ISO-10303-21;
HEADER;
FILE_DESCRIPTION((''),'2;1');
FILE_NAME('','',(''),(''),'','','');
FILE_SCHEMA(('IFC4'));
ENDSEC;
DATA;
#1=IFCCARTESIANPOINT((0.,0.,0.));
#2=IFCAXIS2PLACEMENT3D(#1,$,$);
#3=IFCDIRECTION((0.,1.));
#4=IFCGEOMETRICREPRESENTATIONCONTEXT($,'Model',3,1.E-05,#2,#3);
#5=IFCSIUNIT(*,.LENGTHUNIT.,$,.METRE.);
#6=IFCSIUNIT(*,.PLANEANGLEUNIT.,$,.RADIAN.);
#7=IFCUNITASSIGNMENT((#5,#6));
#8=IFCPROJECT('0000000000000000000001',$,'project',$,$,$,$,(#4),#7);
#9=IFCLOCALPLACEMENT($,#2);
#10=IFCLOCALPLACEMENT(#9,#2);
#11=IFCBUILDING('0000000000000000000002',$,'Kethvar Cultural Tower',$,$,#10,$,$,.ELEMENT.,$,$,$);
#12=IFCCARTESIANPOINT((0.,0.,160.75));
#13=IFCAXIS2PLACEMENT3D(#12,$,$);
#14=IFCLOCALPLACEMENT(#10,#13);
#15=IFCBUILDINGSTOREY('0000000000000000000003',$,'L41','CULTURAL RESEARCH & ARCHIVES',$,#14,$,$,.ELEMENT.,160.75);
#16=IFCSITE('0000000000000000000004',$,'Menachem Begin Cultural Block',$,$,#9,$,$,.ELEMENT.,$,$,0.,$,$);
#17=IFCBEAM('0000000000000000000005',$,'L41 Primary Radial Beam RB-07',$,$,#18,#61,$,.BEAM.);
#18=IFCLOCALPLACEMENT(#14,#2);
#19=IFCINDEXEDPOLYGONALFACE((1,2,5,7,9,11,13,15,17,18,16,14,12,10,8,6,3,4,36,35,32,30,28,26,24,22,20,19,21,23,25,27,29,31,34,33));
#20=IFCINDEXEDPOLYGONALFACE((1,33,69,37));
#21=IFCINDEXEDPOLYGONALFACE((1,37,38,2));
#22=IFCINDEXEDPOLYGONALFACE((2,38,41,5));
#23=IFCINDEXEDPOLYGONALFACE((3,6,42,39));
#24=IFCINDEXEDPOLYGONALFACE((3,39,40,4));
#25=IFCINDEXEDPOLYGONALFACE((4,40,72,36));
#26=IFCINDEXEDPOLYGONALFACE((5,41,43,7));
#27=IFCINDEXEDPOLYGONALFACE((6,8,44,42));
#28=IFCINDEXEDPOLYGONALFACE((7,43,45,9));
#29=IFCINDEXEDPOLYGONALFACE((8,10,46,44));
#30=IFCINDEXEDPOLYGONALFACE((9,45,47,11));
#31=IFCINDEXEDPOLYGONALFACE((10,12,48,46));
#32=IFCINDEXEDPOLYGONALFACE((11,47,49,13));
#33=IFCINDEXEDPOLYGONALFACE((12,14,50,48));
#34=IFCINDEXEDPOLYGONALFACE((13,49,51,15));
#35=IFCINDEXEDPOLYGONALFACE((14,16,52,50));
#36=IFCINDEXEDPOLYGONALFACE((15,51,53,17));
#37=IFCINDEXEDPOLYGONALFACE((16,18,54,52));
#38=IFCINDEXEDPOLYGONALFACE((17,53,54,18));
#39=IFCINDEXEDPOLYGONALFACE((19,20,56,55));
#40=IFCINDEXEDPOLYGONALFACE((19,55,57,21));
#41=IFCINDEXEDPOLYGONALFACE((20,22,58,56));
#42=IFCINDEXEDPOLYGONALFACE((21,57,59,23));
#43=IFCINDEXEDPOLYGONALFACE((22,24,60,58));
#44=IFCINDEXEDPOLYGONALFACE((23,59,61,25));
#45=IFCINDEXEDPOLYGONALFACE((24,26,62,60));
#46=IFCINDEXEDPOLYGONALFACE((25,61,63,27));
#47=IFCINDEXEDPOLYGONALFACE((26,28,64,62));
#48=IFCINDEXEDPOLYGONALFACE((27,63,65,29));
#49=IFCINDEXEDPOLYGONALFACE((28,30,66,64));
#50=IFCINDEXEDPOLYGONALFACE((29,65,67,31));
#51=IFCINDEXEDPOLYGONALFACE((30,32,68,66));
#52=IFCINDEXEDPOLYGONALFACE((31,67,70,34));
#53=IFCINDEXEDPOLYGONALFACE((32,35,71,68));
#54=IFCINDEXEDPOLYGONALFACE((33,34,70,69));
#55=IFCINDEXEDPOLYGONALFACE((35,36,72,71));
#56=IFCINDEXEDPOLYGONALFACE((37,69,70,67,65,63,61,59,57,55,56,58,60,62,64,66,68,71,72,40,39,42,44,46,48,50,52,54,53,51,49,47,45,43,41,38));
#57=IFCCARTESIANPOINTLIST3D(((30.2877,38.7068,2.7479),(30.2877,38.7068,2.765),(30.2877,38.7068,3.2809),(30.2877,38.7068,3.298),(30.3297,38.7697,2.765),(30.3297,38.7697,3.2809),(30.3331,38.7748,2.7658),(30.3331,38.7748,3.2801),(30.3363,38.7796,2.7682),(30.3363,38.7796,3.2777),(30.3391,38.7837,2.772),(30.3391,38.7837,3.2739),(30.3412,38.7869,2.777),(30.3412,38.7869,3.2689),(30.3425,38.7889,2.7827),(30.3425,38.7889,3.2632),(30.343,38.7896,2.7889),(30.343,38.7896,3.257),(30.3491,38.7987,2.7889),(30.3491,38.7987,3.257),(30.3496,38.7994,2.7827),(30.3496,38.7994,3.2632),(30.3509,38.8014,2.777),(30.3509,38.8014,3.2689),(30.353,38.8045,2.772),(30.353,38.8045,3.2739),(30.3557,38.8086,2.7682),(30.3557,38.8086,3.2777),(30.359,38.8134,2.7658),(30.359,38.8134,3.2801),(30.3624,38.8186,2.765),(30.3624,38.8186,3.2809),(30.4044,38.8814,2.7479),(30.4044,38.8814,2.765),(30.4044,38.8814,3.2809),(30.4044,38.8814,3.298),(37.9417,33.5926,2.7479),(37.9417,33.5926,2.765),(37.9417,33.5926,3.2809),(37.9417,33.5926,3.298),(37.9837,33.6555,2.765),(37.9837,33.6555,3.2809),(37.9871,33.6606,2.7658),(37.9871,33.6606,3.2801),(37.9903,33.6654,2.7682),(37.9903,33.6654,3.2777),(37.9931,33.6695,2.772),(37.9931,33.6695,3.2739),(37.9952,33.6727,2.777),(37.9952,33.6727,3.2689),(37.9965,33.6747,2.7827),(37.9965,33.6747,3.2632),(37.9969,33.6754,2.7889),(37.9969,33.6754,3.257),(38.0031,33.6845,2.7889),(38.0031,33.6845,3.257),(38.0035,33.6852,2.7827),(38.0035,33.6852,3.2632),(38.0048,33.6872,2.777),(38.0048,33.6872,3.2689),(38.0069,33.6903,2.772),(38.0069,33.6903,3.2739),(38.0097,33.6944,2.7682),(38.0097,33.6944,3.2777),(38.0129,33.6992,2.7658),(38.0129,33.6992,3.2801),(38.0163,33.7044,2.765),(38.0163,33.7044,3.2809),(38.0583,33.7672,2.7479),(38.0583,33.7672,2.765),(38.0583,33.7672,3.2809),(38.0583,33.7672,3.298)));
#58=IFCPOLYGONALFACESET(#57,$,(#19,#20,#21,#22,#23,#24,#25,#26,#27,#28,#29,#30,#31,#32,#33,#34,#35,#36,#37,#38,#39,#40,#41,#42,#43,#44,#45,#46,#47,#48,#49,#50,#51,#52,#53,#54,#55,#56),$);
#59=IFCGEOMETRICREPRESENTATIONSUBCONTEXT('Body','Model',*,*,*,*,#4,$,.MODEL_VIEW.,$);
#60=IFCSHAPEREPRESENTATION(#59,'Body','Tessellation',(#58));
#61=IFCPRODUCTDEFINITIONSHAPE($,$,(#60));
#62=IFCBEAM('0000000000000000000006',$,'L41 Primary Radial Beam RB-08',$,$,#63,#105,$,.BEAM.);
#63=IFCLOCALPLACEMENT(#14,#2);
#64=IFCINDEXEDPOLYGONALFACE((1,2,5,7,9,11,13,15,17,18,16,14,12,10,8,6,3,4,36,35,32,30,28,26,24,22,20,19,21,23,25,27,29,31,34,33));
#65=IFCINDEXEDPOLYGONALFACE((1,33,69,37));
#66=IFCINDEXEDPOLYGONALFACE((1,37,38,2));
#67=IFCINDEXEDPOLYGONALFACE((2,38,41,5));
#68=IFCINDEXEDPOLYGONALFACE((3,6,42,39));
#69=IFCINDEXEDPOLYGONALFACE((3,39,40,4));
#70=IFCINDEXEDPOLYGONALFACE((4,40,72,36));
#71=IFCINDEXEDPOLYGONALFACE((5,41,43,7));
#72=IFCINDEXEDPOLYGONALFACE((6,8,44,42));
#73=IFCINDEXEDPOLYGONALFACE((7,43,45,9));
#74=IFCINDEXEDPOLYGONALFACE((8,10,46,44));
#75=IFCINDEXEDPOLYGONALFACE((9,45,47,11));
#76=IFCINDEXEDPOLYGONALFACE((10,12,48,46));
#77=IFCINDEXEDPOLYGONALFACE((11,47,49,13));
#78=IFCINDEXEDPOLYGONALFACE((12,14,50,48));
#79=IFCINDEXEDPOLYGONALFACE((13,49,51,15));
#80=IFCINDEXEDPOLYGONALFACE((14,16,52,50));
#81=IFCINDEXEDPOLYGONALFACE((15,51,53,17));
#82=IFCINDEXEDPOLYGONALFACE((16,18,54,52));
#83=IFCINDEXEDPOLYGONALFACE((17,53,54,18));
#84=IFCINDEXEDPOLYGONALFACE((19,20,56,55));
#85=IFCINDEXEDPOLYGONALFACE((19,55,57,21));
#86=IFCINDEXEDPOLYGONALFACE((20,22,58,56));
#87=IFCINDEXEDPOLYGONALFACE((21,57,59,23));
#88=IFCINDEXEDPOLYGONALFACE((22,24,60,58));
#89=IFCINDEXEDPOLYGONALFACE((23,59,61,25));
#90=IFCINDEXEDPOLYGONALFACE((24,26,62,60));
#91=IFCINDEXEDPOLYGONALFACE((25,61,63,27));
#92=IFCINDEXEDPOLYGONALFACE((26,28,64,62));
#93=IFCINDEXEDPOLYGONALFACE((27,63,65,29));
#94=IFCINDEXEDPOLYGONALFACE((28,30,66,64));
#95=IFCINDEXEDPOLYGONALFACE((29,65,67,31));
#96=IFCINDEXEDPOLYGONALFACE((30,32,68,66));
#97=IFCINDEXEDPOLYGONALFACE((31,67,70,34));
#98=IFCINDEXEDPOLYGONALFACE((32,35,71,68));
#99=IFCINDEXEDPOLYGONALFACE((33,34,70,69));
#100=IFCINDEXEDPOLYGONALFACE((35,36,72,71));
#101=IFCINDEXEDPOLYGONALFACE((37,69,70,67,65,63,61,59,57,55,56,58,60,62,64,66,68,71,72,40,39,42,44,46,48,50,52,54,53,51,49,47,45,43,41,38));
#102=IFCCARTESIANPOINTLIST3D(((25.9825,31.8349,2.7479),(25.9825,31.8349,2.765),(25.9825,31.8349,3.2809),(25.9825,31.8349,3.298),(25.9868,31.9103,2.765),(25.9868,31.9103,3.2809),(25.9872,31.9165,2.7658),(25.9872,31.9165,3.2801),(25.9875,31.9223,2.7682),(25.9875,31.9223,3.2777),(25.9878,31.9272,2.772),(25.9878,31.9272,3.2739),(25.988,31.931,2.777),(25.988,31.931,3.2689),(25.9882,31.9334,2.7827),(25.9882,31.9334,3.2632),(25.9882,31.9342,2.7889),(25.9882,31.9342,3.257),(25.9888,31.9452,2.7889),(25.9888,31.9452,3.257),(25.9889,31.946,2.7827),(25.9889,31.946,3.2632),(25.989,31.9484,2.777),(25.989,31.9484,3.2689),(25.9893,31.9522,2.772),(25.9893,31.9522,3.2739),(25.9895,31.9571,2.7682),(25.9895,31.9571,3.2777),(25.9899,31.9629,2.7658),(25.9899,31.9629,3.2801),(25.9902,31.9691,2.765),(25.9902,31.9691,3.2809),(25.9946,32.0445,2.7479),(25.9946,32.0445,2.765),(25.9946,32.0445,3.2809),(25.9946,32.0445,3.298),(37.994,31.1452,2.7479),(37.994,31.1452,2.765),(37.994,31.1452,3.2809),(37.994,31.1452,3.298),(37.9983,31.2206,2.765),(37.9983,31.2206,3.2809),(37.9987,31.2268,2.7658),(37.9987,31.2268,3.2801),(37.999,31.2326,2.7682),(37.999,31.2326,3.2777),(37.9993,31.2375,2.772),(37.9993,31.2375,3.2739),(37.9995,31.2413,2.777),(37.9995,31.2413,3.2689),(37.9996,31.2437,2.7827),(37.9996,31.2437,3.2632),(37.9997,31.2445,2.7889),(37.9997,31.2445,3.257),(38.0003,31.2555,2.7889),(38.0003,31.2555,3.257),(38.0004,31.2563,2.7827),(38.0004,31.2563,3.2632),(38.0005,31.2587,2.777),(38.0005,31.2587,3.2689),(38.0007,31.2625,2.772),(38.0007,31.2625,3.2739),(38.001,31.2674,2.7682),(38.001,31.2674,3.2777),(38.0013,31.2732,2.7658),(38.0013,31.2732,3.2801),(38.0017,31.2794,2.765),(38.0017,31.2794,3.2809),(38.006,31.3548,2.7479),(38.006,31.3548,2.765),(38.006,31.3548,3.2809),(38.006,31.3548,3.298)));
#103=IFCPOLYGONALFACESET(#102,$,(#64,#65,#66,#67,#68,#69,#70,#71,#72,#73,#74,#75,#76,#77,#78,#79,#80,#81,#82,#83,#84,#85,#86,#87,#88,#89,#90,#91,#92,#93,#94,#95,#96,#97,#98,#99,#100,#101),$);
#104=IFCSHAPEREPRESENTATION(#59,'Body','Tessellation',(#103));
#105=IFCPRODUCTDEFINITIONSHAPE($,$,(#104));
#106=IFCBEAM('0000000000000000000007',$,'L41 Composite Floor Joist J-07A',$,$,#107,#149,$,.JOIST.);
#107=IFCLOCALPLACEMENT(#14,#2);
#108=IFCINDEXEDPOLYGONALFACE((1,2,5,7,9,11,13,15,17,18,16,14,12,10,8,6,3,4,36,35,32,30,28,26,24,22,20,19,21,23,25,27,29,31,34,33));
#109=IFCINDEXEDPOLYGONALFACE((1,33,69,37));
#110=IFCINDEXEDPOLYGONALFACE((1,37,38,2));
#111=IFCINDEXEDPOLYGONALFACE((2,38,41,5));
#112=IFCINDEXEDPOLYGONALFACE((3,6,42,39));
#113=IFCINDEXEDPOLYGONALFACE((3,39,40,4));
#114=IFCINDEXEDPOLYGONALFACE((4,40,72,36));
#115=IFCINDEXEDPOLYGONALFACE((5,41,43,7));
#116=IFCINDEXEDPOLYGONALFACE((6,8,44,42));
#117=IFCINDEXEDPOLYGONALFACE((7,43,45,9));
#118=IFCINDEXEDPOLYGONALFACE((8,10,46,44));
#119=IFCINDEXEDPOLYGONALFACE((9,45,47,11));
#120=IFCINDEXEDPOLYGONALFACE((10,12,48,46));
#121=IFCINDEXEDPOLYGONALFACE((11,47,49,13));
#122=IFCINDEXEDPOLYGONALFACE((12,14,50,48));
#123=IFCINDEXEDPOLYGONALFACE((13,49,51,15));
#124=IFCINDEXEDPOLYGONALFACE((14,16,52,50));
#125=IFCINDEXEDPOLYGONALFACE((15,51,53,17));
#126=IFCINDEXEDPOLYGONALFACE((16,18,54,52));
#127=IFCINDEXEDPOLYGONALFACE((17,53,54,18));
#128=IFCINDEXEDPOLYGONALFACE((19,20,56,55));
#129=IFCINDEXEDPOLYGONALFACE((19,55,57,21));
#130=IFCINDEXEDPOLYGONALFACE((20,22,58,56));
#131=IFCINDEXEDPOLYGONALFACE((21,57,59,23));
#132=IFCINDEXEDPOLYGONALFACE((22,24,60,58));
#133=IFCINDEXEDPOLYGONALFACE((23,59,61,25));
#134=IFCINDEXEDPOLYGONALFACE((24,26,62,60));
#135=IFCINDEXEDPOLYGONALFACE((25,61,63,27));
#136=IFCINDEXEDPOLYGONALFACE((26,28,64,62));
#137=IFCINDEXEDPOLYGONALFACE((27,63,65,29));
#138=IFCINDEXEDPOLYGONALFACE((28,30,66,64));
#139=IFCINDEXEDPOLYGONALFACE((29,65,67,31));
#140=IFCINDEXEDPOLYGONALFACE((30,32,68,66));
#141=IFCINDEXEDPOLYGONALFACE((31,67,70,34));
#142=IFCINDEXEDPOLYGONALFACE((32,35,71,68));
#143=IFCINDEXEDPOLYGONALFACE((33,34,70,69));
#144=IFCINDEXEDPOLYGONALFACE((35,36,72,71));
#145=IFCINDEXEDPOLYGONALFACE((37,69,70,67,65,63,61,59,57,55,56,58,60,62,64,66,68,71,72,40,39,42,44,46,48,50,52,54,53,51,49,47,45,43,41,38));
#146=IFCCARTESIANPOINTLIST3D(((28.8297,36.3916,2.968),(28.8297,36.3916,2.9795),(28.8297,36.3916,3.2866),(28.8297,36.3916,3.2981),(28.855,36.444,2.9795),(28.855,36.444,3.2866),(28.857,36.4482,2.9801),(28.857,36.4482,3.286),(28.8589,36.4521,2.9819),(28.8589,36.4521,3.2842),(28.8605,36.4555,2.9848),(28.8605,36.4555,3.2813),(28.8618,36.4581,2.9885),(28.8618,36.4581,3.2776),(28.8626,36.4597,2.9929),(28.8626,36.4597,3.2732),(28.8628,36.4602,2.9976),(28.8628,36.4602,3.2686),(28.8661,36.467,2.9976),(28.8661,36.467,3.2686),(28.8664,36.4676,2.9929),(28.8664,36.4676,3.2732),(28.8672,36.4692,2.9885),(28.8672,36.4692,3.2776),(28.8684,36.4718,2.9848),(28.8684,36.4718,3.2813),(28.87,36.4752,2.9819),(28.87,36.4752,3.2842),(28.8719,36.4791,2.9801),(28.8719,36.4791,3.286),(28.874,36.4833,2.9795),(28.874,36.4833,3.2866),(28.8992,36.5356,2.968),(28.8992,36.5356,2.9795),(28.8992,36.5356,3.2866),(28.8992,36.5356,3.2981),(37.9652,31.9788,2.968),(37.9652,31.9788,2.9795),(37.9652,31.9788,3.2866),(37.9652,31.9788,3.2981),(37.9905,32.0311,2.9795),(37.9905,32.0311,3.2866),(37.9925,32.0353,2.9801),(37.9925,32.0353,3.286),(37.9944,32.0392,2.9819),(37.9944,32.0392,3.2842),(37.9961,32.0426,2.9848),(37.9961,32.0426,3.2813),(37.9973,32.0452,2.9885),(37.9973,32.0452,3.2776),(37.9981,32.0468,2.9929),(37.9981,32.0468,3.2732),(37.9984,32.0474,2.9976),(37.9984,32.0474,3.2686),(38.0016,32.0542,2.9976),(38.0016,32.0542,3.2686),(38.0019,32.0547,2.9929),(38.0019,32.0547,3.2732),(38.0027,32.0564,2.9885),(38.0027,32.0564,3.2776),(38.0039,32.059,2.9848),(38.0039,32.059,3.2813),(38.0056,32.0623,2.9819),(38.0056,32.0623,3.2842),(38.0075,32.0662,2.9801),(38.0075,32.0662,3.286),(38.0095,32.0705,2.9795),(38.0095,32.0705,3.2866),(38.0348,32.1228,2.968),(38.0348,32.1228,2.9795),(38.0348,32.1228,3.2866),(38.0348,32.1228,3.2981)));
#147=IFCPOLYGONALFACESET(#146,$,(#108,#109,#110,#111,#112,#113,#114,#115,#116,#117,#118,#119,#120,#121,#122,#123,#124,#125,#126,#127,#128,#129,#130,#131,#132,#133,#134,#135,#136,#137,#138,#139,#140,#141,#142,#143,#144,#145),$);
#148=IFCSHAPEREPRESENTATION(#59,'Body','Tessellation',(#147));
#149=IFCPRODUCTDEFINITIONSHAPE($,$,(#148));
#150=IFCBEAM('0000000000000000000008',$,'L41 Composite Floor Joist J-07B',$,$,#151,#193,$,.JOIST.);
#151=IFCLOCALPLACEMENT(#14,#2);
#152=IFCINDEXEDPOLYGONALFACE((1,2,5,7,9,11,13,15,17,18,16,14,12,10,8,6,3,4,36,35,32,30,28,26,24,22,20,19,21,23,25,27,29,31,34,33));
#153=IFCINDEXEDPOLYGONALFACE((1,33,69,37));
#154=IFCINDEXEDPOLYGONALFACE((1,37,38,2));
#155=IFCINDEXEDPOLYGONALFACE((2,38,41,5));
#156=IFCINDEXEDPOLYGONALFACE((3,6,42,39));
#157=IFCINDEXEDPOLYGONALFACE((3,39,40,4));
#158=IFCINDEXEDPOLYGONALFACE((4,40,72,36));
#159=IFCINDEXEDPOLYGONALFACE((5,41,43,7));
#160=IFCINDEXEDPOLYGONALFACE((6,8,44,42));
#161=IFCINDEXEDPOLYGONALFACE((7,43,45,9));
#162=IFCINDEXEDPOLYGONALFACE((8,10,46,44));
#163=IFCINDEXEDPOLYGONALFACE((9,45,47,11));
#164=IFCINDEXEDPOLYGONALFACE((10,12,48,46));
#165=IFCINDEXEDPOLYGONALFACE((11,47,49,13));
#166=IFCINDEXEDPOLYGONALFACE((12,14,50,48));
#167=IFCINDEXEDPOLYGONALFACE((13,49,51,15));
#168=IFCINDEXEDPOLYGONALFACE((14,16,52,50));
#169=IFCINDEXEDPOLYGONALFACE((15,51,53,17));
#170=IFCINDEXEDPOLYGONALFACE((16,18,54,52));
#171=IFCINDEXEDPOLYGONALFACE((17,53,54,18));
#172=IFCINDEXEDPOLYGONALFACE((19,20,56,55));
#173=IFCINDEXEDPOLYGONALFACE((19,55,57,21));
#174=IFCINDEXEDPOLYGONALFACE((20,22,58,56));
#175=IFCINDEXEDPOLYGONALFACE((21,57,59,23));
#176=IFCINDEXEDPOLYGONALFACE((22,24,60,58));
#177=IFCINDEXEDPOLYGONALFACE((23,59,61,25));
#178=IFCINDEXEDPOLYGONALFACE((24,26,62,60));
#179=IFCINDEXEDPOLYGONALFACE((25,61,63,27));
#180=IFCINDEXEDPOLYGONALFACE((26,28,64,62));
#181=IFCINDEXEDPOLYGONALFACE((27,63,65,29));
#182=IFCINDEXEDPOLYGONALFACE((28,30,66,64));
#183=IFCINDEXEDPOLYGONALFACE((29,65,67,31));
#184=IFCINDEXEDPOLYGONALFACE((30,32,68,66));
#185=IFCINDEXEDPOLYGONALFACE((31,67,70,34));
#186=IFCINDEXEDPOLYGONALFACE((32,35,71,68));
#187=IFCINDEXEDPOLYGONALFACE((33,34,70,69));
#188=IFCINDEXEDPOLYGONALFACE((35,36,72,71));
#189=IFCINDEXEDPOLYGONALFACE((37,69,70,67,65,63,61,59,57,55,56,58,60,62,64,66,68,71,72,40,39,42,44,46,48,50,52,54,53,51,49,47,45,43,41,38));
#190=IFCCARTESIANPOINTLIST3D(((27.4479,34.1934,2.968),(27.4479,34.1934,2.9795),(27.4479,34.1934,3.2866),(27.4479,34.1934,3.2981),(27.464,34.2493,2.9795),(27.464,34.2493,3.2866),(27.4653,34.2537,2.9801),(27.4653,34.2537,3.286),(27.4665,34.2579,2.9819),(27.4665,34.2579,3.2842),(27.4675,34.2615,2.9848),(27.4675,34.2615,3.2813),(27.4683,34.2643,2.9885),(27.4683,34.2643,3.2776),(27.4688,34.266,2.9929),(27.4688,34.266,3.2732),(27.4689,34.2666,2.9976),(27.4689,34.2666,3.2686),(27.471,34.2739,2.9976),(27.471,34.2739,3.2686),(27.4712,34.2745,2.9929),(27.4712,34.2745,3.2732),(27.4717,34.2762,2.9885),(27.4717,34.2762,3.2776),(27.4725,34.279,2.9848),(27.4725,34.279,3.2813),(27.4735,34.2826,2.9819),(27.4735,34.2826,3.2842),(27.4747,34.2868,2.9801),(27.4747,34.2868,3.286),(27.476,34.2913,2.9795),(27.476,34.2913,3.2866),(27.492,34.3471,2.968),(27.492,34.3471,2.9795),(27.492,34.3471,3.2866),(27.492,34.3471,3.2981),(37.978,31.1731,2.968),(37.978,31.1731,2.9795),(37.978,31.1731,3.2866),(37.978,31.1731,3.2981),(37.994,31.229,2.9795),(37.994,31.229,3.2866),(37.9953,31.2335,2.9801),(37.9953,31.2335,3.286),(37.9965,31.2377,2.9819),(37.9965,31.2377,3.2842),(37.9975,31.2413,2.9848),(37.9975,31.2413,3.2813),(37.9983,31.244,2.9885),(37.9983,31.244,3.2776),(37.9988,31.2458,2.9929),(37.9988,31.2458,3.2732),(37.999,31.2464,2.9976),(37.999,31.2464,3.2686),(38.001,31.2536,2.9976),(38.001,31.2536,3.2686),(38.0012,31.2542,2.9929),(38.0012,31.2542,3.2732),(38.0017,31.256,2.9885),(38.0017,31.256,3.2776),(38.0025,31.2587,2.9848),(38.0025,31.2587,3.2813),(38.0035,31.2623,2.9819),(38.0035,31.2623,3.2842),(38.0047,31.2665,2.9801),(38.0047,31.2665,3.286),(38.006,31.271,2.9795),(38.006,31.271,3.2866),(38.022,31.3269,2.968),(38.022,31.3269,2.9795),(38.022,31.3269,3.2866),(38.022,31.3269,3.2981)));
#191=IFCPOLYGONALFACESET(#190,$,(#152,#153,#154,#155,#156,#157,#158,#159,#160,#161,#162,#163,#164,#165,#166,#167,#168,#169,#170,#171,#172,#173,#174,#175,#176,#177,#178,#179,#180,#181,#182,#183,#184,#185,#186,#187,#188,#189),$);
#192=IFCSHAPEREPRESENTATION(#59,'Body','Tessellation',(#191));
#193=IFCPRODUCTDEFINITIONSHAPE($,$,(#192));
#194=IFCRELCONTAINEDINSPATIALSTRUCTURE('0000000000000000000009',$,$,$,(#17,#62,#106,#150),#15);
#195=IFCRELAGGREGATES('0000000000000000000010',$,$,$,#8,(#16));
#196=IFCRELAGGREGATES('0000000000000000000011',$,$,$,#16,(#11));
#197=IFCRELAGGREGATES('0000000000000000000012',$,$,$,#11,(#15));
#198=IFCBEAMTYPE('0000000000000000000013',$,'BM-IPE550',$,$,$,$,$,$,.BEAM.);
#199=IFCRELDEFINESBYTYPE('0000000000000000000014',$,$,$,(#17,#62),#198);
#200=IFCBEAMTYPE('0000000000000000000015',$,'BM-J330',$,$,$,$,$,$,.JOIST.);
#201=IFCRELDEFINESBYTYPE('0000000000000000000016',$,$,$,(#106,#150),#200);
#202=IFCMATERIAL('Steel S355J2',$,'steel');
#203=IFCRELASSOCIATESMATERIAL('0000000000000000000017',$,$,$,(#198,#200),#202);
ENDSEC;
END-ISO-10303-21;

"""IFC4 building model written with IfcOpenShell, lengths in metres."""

from ifc_helpers import new_model, si_unit, direction, frame, origin, origin_2d, place, context, subcontext, project, spatial, i_section, extrude, source, transform, mapped, material, material_profile, profile_set, type_object, element, save


model = new_model("IFC4")

# Units and contexts
model_context = context("Model", 3, precision=1e-05, world=origin(), true_north=direction((0.0, 1.0)))
body_context = subcontext(model_context, "Body", "Model", "MODEL_VIEW")
ifc_project = project(units=[si_unit("LENGTHUNIT", "METRE"), si_unit("PLANEANGLEUNIT", "RADIAN")], contexts=[model_context])

# Site, building, storey
site_placement = place(None, origin())
site = spatial("IfcSite", under=ifc_project, at=site_placement, Name="Menachem Begin Cultural Block", CompositionType="ELEMENT", RefElevation=0.0)
building_placement = place(site_placement, origin())
building = spatial("IfcBuilding", under=site, at=building_placement, Name="Kethvar Cultural Tower", CompositionType="ELEMENT")
storey_placement = place(building_placement, frame((0.0, 0.0, 160.75)))
storey = spatial("IfcBuildingStorey", under=building, at=storey_placement, Name="L41", Description="CULTURAL RESEARCH & ARCHIVES", CompositionType="ELEMENT", Elevation=160.75)

# Beams
ifc_material_1 = material(Name="Steel S355J2", Category="steel")
ifc_material_profile_1 = material_profile(ifc_material_1, i_section(OverallWidth=0.21, OverallDepth=0.55, WebThickness=0.011, FlangeThickness=0.0171, FilletRadius=0.0239, at=origin_2d()), Name="Steel S355J2 — IPE550")
ifc_profile_set_1 = profile_set([ifc_material_profile_1], Name="Steel S355J2 — IPE550")
beam_type_1 = type_object("IfcBeamType", Name="BM-IPE550", PredefinedType="BEAM", material=ifc_profile_set_1)
shared_shape_1 = source(origin(), body_context, "Body", "SweptSolid", [
    extrude(i_section(OverallWidth=0.21, OverallDepth=0.55, WebThickness=0.011, FlangeThickness=0.0171, FilletRadius=0.0239, at=origin_2d()), origin(), (0.0, 0.0, 1.0), 9.2053),
])
beam_1_placement = place(storey_placement, frame((38.0, 33.6799, 3.0229), z_axis=(-0.83147, 0.555569, 0.0), x_axis=(-0.555569, -0.83147, 0.0)))
element("IfcBeam", 1, at=beam_1_placement, inside=storey, type_object=beam_type_1, Name="L41 Primary Radial Beam RB-07", PredefinedType="BEAM", context=body_context, shape_type="MappedRepresentation", body=[
    mapped(shared_shape_1, transform((0.0, 0.0, 0.0), scale=1.0)),
])
shared_shape_2 = source(origin(), body_context, "Body", "SweptSolid", [
    extrude(i_section(OverallWidth=0.21, OverallDepth=0.55, WebThickness=0.011, FlangeThickness=0.0171, FilletRadius=0.0239, at=origin_2d()), origin(), (0.0, 0.0, 1.0), 12.0312),
])
beam_2_placement = place(storey_placement, frame((38.0, 31.25, 3.0229), z_axis=(-0.998356, 0.057325, 0.0), x_axis=(-0.057325, -0.998356, 0.0)))
element("IfcBeam", 2, at=beam_2_placement, inside=storey, type_object=beam_type_1, Name="L41 Primary Radial Beam RB-08", PredefinedType="BEAM", context=body_context, shape_type="MappedRepresentation", body=[
    mapped(shared_shape_2, transform((0.0, 0.0, 0.0), scale=1.0)),
])
ifc_material_profile_2 = material_profile(ifc_material_1, i_section(OverallWidth=0.1599, OverallDepth=0.3301, WebThickness=0.0076, FlangeThickness=0.0115, FilletRadius=0.0181, at=origin_2d()), Name="Steel S355J2 — IPE330")
ifc_profile_set_2 = profile_set([ifc_material_profile_2], Name="Steel S355J2 — IPE330")
beam_type_2 = type_object("IfcBeamType", Name="BM-J330", PredefinedType="JOIST", material=ifc_profile_set_2)
shared_shape_3 = source(origin(), body_context, "Body", "SweptSolid", [
    extrude(i_section(OverallWidth=0.1599, OverallDepth=0.3301, WebThickness=0.0076, FlangeThickness=0.0115, FilletRadius=0.0181, at=origin_2d()), origin(), (0.0, 0.0, 1.0), 10.1455),
])
beam_3_placement = place(storey_placement, frame((38.0, 32.0508, 3.1331), z_axis=(-0.900451, 0.434957, 0.0), x_axis=(-0.434957, -0.900451, 0.0)))
element("IfcBeam", 3, at=beam_3_placement, inside=storey, type_object=beam_type_2, Name="L41 Composite Floor Joist J-07A", PredefinedType="JOIST", context=body_context, shape_type="MappedRepresentation", body=[
    mapped(shared_shape_3, transform((0.0, 0.0, 0.0), scale=1.0)),
])
shared_shape_4 = source(origin(), body_context, "Body", "SweptSolid", [
    extrude(i_section(OverallWidth=0.1599, OverallDepth=0.3301, WebThickness=0.0076, FlangeThickness=0.0115, FilletRadius=0.0181, at=origin_2d()), origin(), (0.0, 0.0, 1.0), 10.9546),
])
beam_4_placement = place(storey_placement, frame((38.0, 31.25, 3.1331), z_axis=(-0.961242, 0.275707, 0.0), x_axis=(-0.275707, -0.961242, 0.0)))
element("IfcBeam", 4, at=beam_4_placement, inside=storey, type_object=beam_type_2, Name="L41 Composite Floor Joist J-07B", PredefinedType="JOIST", context=body_context, shape_type="MappedRepresentation", body=[
    mapped(shared_shape_4, transform((0.0, 0.0, 0.0), scale=1.0)),
])

save(model, "model.ifc")
